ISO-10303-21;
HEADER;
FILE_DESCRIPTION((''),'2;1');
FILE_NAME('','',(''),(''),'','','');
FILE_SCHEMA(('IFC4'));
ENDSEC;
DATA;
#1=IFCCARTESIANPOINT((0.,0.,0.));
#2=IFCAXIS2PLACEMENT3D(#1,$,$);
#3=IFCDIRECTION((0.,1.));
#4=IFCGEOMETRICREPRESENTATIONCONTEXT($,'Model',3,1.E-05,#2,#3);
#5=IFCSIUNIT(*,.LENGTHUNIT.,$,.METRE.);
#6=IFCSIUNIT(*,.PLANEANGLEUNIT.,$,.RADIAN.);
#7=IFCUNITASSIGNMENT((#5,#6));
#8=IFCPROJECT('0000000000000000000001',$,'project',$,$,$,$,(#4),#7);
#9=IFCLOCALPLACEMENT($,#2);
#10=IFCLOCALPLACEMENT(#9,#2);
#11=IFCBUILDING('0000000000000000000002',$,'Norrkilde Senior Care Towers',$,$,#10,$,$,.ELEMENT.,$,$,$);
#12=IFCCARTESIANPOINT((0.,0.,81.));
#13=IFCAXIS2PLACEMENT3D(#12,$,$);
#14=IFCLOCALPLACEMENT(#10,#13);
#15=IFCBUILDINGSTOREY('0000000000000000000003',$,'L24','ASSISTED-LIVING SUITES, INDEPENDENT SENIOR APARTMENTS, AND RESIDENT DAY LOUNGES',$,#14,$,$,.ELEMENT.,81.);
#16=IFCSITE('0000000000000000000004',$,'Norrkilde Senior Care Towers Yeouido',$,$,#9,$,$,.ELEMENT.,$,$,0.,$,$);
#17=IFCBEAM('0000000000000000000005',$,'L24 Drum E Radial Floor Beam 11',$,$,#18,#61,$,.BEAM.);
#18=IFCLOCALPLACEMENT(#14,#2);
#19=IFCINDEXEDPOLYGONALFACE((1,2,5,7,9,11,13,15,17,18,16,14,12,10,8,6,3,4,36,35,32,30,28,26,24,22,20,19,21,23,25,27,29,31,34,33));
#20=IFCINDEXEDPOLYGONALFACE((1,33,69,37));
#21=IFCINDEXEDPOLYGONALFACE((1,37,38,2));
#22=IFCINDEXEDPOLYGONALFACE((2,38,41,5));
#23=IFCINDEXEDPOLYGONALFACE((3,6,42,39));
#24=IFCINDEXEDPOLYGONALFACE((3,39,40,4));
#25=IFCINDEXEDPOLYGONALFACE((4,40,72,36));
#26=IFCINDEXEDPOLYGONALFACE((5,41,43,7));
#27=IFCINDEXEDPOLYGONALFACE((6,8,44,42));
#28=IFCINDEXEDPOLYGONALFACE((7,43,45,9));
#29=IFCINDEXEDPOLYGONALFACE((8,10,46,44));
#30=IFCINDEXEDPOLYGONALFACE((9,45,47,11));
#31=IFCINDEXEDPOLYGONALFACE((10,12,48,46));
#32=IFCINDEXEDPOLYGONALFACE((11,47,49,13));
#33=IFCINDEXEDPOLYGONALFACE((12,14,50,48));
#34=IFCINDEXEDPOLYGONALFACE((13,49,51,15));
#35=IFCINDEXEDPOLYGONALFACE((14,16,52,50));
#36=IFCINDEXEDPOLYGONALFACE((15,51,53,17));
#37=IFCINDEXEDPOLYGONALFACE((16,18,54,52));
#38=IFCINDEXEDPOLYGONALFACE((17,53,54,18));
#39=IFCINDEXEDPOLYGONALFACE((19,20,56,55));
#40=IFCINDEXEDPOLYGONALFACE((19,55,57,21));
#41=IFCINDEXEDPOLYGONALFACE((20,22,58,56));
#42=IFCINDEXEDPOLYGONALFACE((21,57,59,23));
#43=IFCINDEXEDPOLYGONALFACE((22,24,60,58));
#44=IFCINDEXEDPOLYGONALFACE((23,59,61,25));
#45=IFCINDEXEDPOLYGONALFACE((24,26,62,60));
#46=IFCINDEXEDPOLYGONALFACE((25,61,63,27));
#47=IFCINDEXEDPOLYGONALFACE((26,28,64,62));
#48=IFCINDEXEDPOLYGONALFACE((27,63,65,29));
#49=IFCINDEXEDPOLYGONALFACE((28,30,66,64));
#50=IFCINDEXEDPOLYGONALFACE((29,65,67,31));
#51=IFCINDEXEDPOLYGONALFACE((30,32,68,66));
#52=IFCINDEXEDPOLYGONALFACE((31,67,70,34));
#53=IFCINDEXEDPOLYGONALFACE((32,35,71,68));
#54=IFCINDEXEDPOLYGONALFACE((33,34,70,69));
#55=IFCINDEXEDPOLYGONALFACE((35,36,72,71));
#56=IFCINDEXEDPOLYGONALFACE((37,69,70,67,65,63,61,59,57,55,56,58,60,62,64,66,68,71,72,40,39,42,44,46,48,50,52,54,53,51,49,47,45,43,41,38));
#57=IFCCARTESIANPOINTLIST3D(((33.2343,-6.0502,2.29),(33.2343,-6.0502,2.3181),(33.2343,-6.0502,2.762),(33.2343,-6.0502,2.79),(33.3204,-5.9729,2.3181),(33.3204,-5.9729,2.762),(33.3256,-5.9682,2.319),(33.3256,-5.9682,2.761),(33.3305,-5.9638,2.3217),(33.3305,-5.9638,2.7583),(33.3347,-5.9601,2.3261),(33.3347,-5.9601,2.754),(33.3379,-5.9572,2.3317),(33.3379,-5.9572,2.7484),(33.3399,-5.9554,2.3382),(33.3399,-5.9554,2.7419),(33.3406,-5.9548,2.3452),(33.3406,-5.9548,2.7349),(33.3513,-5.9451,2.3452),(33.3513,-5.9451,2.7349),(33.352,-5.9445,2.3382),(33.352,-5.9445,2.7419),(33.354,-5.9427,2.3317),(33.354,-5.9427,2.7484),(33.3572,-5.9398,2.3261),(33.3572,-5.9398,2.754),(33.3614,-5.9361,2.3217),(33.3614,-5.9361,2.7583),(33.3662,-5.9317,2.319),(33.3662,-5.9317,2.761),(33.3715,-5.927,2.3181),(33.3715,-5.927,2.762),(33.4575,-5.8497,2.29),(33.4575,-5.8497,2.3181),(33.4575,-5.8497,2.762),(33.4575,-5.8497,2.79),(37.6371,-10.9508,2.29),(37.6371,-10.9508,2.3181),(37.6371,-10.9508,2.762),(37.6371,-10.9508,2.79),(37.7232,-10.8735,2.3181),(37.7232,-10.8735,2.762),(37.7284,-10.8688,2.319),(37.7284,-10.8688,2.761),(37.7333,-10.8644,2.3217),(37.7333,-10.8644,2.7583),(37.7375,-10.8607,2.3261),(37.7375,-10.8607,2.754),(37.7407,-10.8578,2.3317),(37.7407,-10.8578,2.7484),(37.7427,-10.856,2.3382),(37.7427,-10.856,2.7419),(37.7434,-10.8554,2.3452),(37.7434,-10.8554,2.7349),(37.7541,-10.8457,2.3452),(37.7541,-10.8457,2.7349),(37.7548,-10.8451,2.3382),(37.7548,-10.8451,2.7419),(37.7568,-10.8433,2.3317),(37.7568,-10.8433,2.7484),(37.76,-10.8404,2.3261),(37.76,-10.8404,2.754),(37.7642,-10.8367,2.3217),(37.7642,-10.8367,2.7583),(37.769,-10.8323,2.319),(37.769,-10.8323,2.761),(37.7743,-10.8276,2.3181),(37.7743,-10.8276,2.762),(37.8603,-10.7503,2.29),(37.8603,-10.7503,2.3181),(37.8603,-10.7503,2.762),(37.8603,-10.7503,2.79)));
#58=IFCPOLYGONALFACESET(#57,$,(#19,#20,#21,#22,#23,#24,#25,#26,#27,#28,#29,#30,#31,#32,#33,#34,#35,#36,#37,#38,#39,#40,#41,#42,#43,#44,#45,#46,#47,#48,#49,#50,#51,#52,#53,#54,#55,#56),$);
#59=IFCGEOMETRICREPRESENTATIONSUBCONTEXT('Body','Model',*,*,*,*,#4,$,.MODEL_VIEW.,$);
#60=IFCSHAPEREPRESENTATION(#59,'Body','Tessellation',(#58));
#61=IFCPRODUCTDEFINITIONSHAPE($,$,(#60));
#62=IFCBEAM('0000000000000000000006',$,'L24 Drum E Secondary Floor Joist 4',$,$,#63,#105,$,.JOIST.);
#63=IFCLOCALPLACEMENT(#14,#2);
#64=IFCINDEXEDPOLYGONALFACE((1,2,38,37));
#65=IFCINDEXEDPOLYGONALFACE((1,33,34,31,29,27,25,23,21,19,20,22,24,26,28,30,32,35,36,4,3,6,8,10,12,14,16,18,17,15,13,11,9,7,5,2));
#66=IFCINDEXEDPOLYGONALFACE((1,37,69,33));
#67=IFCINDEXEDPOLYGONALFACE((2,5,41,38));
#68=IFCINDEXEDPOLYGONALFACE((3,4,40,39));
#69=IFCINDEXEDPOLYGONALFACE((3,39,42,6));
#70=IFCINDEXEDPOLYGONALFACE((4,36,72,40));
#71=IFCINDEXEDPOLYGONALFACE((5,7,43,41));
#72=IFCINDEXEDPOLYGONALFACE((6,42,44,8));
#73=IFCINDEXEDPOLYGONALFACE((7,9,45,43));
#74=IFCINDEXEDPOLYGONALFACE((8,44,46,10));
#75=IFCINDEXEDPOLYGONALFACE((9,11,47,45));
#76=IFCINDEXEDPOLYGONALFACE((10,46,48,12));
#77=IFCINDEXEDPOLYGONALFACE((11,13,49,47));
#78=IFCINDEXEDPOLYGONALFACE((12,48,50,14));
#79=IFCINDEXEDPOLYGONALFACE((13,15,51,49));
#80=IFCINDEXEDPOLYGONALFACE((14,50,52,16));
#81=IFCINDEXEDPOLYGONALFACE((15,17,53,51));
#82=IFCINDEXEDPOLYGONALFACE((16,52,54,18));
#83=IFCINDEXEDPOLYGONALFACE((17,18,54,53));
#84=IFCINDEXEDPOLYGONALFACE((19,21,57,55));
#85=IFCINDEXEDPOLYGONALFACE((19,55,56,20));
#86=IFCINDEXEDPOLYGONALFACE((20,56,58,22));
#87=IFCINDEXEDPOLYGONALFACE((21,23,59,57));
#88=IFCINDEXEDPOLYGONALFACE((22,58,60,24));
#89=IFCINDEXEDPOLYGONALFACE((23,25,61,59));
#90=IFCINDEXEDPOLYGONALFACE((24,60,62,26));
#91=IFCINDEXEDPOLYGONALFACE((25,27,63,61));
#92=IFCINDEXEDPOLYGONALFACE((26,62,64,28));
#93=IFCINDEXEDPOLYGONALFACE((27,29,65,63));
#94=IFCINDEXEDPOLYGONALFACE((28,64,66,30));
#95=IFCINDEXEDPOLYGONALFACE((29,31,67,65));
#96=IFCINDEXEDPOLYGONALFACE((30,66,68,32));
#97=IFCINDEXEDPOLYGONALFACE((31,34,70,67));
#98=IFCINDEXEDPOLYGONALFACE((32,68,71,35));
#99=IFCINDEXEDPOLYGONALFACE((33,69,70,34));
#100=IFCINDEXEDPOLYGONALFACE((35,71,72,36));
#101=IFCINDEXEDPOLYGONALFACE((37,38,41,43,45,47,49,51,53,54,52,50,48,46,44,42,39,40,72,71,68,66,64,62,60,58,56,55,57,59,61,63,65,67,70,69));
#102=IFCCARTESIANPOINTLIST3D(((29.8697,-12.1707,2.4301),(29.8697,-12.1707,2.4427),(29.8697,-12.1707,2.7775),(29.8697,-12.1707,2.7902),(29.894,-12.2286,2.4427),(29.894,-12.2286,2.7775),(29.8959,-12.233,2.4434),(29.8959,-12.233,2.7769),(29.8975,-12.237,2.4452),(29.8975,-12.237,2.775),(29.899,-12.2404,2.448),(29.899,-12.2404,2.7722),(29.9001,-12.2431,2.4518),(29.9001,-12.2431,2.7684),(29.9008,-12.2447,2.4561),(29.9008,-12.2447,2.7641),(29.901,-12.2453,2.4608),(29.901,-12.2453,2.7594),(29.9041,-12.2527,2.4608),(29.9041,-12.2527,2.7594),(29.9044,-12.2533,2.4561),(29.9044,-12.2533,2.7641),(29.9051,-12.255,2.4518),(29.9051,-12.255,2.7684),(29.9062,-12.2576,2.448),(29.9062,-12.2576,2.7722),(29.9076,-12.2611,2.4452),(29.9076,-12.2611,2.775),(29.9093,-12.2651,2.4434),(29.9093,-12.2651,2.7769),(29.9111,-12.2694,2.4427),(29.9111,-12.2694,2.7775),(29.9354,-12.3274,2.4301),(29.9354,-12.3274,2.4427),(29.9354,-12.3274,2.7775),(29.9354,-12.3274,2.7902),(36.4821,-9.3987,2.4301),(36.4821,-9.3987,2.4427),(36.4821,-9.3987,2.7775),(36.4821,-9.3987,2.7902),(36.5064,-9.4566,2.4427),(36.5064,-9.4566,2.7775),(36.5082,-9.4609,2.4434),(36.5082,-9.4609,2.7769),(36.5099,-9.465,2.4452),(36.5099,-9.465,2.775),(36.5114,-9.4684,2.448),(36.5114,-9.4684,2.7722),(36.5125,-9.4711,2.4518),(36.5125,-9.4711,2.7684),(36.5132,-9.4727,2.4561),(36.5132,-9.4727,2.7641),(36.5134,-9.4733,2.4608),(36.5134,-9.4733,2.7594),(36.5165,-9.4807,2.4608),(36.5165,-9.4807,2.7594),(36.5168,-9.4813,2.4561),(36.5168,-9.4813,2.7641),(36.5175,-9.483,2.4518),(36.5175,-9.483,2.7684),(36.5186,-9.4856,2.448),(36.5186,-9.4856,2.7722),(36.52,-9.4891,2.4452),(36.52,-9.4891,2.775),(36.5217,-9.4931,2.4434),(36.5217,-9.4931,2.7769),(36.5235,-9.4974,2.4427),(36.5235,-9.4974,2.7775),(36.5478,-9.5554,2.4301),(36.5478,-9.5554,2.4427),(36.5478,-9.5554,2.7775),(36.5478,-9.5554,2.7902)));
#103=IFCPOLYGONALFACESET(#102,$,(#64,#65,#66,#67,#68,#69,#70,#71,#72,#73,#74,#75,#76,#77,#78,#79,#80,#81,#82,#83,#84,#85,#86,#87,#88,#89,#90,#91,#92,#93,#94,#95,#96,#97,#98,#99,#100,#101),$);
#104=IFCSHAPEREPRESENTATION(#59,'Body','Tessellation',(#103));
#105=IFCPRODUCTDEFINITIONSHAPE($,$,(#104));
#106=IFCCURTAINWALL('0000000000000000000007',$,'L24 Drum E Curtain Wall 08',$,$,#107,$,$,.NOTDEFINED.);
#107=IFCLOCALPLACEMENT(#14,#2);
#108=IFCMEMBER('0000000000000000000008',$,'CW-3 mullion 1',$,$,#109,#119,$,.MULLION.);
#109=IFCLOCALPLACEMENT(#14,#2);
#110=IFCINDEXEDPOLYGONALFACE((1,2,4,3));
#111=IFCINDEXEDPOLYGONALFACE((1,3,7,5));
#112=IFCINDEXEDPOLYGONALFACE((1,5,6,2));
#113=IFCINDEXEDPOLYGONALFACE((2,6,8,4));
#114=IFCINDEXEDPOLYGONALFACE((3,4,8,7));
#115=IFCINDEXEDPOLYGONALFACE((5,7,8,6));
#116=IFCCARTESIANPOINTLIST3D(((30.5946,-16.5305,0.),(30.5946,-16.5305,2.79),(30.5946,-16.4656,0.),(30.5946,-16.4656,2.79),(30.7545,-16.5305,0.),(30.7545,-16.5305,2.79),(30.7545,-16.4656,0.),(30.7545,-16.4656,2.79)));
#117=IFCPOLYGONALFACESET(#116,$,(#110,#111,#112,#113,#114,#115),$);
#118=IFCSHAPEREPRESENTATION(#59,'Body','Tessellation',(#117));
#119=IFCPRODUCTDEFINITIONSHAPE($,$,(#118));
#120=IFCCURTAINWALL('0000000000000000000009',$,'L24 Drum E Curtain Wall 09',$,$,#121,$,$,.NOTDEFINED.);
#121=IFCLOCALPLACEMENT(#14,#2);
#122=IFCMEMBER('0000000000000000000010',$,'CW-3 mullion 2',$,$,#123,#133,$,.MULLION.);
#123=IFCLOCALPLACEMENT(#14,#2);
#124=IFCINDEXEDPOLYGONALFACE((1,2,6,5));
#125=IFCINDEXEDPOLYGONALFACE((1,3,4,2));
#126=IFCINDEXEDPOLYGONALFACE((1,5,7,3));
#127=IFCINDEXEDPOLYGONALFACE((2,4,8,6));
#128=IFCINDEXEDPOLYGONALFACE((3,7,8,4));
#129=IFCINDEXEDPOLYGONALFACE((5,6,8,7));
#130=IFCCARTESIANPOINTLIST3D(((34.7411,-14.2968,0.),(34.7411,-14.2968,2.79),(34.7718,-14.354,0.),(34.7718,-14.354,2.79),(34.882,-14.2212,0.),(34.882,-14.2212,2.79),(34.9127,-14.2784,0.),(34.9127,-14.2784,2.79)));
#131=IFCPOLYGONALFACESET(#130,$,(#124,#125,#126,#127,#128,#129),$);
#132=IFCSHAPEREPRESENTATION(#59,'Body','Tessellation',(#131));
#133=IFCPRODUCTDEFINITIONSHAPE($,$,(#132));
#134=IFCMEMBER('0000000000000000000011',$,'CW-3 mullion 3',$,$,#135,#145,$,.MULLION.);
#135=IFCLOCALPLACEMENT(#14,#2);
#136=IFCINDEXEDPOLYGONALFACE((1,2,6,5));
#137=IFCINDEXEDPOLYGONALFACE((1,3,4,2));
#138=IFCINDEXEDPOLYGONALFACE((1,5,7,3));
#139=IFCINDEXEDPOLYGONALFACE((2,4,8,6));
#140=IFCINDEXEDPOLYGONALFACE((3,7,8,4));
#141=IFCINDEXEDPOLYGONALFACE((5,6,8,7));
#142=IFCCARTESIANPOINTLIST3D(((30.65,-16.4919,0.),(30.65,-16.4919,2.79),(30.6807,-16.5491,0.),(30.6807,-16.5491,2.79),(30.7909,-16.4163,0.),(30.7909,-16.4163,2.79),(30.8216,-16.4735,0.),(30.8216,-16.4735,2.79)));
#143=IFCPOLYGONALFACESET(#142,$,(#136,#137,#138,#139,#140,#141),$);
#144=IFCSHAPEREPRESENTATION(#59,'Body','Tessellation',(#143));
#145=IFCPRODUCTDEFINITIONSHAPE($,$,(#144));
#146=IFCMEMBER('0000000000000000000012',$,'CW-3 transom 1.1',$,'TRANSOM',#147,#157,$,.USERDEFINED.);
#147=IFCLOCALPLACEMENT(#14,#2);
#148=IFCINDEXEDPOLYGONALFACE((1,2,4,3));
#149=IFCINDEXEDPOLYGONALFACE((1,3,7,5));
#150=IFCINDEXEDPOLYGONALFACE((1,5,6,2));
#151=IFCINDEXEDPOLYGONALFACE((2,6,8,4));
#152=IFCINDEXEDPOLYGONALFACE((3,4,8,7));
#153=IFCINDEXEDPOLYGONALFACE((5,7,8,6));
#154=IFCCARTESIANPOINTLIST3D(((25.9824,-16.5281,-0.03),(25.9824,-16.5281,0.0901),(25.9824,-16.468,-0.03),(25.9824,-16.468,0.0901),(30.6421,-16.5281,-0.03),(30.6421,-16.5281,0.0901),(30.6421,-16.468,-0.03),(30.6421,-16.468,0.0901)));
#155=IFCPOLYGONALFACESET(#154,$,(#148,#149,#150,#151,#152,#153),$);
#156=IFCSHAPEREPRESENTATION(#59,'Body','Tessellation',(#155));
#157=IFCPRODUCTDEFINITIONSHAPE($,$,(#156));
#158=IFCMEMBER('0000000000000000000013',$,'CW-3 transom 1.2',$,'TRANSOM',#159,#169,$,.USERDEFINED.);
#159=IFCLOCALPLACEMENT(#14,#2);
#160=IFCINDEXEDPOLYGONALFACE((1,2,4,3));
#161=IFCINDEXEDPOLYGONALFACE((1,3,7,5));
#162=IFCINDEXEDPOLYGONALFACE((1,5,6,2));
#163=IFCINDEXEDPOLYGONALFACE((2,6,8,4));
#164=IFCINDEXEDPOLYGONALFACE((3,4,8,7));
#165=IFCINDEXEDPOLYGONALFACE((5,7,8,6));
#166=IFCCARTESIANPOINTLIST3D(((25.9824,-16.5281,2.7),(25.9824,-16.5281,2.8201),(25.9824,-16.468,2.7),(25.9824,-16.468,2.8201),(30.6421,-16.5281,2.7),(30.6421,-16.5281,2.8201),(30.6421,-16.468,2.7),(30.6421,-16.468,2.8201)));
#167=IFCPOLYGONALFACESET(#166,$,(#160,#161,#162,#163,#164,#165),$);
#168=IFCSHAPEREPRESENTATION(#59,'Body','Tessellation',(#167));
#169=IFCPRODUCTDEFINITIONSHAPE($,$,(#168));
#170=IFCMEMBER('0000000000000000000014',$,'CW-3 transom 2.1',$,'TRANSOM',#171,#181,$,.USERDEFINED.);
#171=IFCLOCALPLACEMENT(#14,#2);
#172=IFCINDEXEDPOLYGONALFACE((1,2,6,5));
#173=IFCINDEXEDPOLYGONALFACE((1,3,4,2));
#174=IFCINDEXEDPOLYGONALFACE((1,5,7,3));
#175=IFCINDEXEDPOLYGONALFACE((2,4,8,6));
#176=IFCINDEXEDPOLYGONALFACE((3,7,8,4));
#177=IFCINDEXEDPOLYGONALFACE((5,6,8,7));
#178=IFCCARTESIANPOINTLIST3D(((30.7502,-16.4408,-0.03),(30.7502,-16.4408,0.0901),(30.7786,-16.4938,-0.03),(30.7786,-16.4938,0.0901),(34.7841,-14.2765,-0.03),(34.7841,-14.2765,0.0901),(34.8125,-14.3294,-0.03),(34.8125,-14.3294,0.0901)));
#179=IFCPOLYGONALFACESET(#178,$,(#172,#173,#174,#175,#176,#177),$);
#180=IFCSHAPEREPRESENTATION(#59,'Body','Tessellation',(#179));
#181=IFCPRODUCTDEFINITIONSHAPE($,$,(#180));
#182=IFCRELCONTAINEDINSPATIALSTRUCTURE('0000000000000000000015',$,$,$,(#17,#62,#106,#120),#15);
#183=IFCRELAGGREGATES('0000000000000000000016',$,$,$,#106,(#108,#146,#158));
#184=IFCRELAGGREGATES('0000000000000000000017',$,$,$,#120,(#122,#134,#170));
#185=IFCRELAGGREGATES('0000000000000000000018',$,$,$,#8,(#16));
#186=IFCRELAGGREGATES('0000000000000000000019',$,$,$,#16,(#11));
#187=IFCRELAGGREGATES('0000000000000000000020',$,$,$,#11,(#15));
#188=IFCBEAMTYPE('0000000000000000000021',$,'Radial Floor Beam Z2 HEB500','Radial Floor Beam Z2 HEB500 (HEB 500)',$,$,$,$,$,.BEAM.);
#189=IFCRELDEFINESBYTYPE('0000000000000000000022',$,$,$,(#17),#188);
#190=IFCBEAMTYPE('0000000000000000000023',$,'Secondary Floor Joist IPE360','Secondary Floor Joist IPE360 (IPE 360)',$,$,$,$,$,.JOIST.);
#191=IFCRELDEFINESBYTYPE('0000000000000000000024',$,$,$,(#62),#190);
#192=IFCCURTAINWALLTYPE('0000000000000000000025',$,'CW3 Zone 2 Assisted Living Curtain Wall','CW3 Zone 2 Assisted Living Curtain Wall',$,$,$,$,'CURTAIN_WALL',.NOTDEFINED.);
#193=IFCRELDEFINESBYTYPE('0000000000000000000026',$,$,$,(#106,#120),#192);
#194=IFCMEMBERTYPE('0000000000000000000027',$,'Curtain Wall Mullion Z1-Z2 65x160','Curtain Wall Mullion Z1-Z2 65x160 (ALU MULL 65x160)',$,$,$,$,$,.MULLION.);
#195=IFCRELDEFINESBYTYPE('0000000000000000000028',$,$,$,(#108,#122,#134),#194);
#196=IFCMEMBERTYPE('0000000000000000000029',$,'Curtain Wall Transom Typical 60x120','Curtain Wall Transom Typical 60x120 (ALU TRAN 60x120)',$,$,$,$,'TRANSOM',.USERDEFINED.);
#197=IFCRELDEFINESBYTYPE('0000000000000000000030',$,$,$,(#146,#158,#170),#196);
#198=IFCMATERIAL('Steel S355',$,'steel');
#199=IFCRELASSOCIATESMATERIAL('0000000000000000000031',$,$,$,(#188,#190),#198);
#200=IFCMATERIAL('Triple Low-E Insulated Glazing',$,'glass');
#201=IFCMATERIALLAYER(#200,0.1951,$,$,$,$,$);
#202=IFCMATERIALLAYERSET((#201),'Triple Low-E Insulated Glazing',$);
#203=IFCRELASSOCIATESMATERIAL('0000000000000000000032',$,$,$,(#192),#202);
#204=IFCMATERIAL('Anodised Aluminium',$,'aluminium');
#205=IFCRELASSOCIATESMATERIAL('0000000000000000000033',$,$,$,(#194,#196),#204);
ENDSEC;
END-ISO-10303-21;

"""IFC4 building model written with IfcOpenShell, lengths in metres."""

from ifc_helpers import new_model, si_unit, direction, frame, origin, origin_2d, place, context, subcontext, project, spatial, rectangle, i_section, extrude, source, transform, mapped, material, layer, layer_set, material_profile, profile_set, type_object, type_shapes, element, aggregate, save


model = new_model("IFC4")

# Units and contexts
model_context = context("Model", 3, precision=1e-05, world=origin(), true_north=direction((0.0, 1.0)))
body_context = subcontext(model_context, "Body", "Model", "MODEL_VIEW")
ifc_project = project(units=[si_unit("LENGTHUNIT", "METRE"), si_unit("PLANEANGLEUNIT", "RADIAN")], contexts=[model_context])

# Site, building, storey
site_placement = place(None, origin())
site = spatial("IfcSite", under=ifc_project, at=site_placement, Name="Norrkilde Senior Care Towers Yeouido", CompositionType="ELEMENT", RefElevation=0.0)
building_placement = place(site_placement, origin())
building = spatial("IfcBuilding", under=site, at=building_placement, Name="Norrkilde Senior Care Towers", CompositionType="ELEMENT")
storey_placement = place(building_placement, frame((0.0, 0.0, 81.0)))
storey = spatial("IfcBuildingStorey", under=building, at=storey_placement, Name="L24", Description="ASSISTED-LIVING SUITES, INDEPENDENT SENIOR APARTMENTS, AND RESIDENT DAY LOUNGES", CompositionType="ELEMENT", Elevation=81.0)

# Beams
ifc_material_1 = material(Name="Steel S355", Category="steel")
ifc_material_profile_1 = material_profile(ifc_material_1, i_section(OverallWidth=0.3, OverallDepth=0.5, WebThickness=0.0144, FlangeThickness=0.0281, FilletRadius=0.0271, at=origin_2d()), Name="HEB 500")
ifc_profile_set_1 = profile_set([ifc_material_profile_1], Name="Steel S355")
beam_type_1 = type_object("IfcBeamType", Name="Radial Floor Beam Z2 HEB500", Description="Radial Floor Beam Z2 HEB500 (HEB 500)", PredefinedType="BEAM", material=ifc_profile_set_1)
shared_shape_1 = source(origin(), body_context, "Body", "SweptSolid", [
    extrude(i_section(OverallWidth=0.3, OverallDepth=0.5, WebThickness=0.0144, FlangeThickness=0.0281, FilletRadius=0.0271, at=origin_2d()), origin(), (0.0, 0.0, 1.0), 6.5879),
])
beam_1_placement = place(storey_placement, frame((33.3459, -5.95, 2.54), z_axis=(0.668315, -0.743878, 0.0), x_axis=(0.743878, 0.668315, 0.0)))
element("IfcBeam", 1, at=beam_1_placement, inside=storey, type_object=beam_type_1, Name="L24 Drum E Radial Floor Beam 11", PredefinedType="BEAM", context=body_context, shape_type="MappedRepresentation", body=[
    mapped(shared_shape_1, transform((0.0, 0.0, 0.0), x_axis=(1.0, 0.0, 0.0), y_axis=(0.0, 1.0, 0.0), z_axis=(0.0, 0.0, 1.0), scale=1.0)),
])
ifc_material_profile_2 = material_profile(ifc_material_1, i_section(OverallWidth=0.1699, OverallDepth=0.3601, WebThickness=0.0081, FlangeThickness=0.0127, FilletRadius=0.0181, at=origin_2d()), Name="IPE 360")
ifc_profile_set_2 = profile_set([ifc_material_profile_2], Name="Steel S355")
beam_type_2 = type_object("IfcBeamType", Name="Secondary Floor Joist IPE360", Description="Secondary Floor Joist IPE360 (IPE 360)", PredefinedType="JOIST", material=ifc_profile_set_2)
shared_shape_2 = source(origin(), body_context, "Body", "SweptSolid", [
    extrude(i_section(OverallWidth=0.1699, OverallDepth=0.3601, WebThickness=0.0081, FlangeThickness=0.0127, FilletRadius=0.0181, at=origin_2d()), origin(), (0.0, 0.0, 1.0), 7.1699),
])
type_shapes(beam_type_2, [shared_shape_2])
beam_2_placement = place(storey_placement, frame((29.9026, -12.249, 2.6101), z_axis=(0.922241, 0.386616, 0.0), x_axis=(-0.386616, 0.922241, 0.0)))
element("IfcBeam", 2, at=beam_2_placement, inside=storey, type_object=beam_type_2, Name="L24 Drum E Secondary Floor Joist 4", PredefinedType="JOIST", context=body_context, shape_type="MappedRepresentation", body=[
    mapped(shared_shape_2, transform((0.0, 0.0, 0.0), x_axis=(1.0, 0.0, 0.0), y_axis=(0.0, 1.0, 0.0), z_axis=(0.0, 0.0, 1.0), scale=1.0)),
])

# Curtain wall, member
ifc_material_2 = material(Name="Triple Low-E Insulated Glazing", Category="glass")
ifc_layer_1 = layer(ifc_material_2, 0.1951)
ifc_layer_set_1 = layer_set([ifc_layer_1], Name="Triple Low-E Insulated Glazing")
curtain_wall_type = type_object("IfcCurtainWallType", Name="CW3 Zone 2 Assisted Living Curtain Wall", Description="CW3 Zone 2 Assisted Living Curtain Wall", ElementType="CURTAIN_WALL", PredefinedType="NOTDEFINED", material=ifc_layer_set_1)
curtain_wall_1_placement = place(storey_placement, origin())
curtain_wall_1 = element("IfcCurtainWall", 3, at=curtain_wall_1_placement, inside=storey, type_object=curtain_wall_type, Name="L24 Drum E Curtain Wall 08", PredefinedType="NOTDEFINED")
ifc_material_3 = material(Name="Anodised Aluminium", Category="aluminium")
ifc_material_profile_3 = material_profile(ifc_material_3, rectangle(XDim=0.0649, YDim=0.1599, at=origin_2d()), Name="ALU MULL 65x160")
ifc_profile_set_3 = profile_set([ifc_material_profile_3], Name="Anodised Aluminium")
member_type_1 = type_object("IfcMemberType", Name="Curtain Wall Mullion Z1-Z2 65x160", Description="Curtain Wall Mullion Z1-Z2 65x160 (ALU MULL 65x160)", PredefinedType="MULLION", material=ifc_profile_set_3)
shared_shape_3 = source(origin(), body_context, "Body", "SweptSolid", [
    extrude(rectangle(XDim=0.0649, YDim=0.1599, at=origin_2d()), origin(), (0.0, 0.0, 1.0), 2.79),
])
type_shapes(member_type_1, [shared_shape_3])
member_1_placement = place(storey_placement, frame((30.6746, -16.498, 0.0), z_axis=(0.0, 0.0, 1.0), x_axis=(0.0, -1.0, 0.0)))
member_1 = element("IfcMember", 4, at=member_1_placement, type_object=member_type_1, Name="CW-3 mullion 1", PredefinedType="MULLION", context=body_context, shape_type="MappedRepresentation", body=[
    mapped(shared_shape_3, transform((0.0, 0.0, 0.0), x_axis=(1.0, 0.0, 0.0), y_axis=(0.0, 1.0, 0.0), z_axis=(0.0, 0.0, 1.0), scale=1.0)),
])

# Curtain wall, members
curtain_wall_2_placement = place(storey_placement, origin())
curtain_wall_2 = element("IfcCurtainWall", 5, at=curtain_wall_2_placement, inside=storey, type_object=curtain_wall_type, Name="L24 Drum E Curtain Wall 09", PredefinedType="NOTDEFINED")
member_2_placement = place(storey_placement, frame((34.8269, -14.2876, 0.0), z_axis=(0.0, 0.0, 1.0), x_axis=(0.472769, -0.881186, 0.0)))
member_2 = element("IfcMember", 6, at=member_2_placement, type_object=member_type_1, Name="CW-3 mullion 2", PredefinedType="MULLION", context=body_context, shape_type="MappedRepresentation", body=[
    mapped(shared_shape_3, transform((0.0, 0.0, 0.0), x_axis=(1.0, 0.0, 0.0), y_axis=(0.0, 1.0, 0.0), z_axis=(0.0, 0.0, 1.0), scale=1.0)),
])
member_3_placement = place(storey_placement, frame((30.7358, -16.4827, 0.0), z_axis=(0.0, 0.0, 1.0), x_axis=(0.472769, -0.881186, 0.0)))
member_3 = element("IfcMember", 7, at=member_3_placement, type_object=member_type_1, Name="CW-3 mullion 3", PredefinedType="MULLION", context=body_context, shape_type="MappedRepresentation", body=[
    mapped(shared_shape_3, transform((0.0, 0.0, 0.0), x_axis=(1.0, 0.0, 0.0), y_axis=(0.0, 1.0, 0.0), z_axis=(0.0, 0.0, 1.0), scale=1.0)),
])

# Members
ifc_material_profile_4 = material_profile(ifc_material_3, rectangle(XDim=0.0601, YDim=0.1201, at=origin_2d()), Name="ALU TRAN 60x120")
ifc_profile_set_4 = profile_set([ifc_material_profile_4], Name="Anodised Aluminium")
member_type_2 = type_object("IfcMemberType", Name="Curtain Wall Transom Typical 60x120", Description="Curtain Wall Transom Typical 60x120 (ALU TRAN 60x120)", ElementType="TRANSOM", PredefinedType="USERDEFINED", material=ifc_profile_set_4)
shared_shape_4 = source(origin(), body_context, "Body", "SweptSolid", [
    extrude(rectangle(XDim=0.0601, YDim=0.1201, at=origin_2d()), origin(), (0.0, 0.0, 1.0), 4.6597),
])
member_4_placement = place(storey_placement, frame((30.6421, -16.498, 0.03), z_axis=(-1.0, 0.0, 0.0), x_axis=(0.0, -1.0, 0.0)))
member_4 = element("IfcMember", 8, at=member_4_placement, type_object=member_type_2, Name="CW-3 transom 1.1", ObjectType="TRANSOM", PredefinedType="USERDEFINED", context=body_context, shape_type="MappedRepresentation", body=[
    mapped(shared_shape_4, transform((0.0, 0.0, 0.0), x_axis=(1.0, 0.0, 0.0), y_axis=(0.0, 1.0, 0.0), z_axis=(0.0, 0.0, 1.0), scale=1.0)),
])
member_5_placement = place(storey_placement, frame((30.6421, -16.498, 2.76), z_axis=(-1.0, 0.0, 0.0), x_axis=(0.0, -1.0, 0.0)))
member_5 = element("IfcMember", 9, at=member_5_placement, type_object=member_type_2, Name="CW-3 transom 1.2", ObjectType="TRANSOM", PredefinedType="USERDEFINED", context=body_context, shape_type="MappedRepresentation", body=[
    mapped(shared_shape_4, transform((0.0, 0.0, 0.0), x_axis=(1.0, 0.0, 0.0), y_axis=(0.0, 1.0, 0.0), z_axis=(0.0, 0.0, 1.0), scale=1.0)),
])
shared_shape_5 = source(origin(), body_context, "Body", "SweptSolid", [
    extrude(rectangle(XDim=0.0601, YDim=0.1201, at=origin_2d()), origin(), (0.0, 0.0, 1.0), 4.5779),
])
type_shapes(member_type_2, [shared_shape_4, shared_shape_5])
member_6_placement = place(storey_placement, frame((34.7983, -14.303, 0.03), z_axis=(-0.881182, -0.472776, 0.0), x_axis=(0.472776, -0.881182, 0.0)))
member_6 = element("IfcMember", 10, at=member_6_placement, type_object=member_type_2, Name="CW-3 transom 2.1", ObjectType="TRANSOM", PredefinedType="USERDEFINED", context=body_context, shape_type="MappedRepresentation", body=[
    mapped(shared_shape_5, transform((0.0, 0.0, 0.0), x_axis=(1.0, 0.0, 0.0), y_axis=(0.0, 1.0, 0.0), z_axis=(0.0, 0.0, 1.0), scale=1.0)),
])

aggregate(curtain_wall_1, [member_1, member_4, member_5])
aggregate(curtain_wall_2, [member_2, member_3, member_6])

save(model, "model.ifc")
